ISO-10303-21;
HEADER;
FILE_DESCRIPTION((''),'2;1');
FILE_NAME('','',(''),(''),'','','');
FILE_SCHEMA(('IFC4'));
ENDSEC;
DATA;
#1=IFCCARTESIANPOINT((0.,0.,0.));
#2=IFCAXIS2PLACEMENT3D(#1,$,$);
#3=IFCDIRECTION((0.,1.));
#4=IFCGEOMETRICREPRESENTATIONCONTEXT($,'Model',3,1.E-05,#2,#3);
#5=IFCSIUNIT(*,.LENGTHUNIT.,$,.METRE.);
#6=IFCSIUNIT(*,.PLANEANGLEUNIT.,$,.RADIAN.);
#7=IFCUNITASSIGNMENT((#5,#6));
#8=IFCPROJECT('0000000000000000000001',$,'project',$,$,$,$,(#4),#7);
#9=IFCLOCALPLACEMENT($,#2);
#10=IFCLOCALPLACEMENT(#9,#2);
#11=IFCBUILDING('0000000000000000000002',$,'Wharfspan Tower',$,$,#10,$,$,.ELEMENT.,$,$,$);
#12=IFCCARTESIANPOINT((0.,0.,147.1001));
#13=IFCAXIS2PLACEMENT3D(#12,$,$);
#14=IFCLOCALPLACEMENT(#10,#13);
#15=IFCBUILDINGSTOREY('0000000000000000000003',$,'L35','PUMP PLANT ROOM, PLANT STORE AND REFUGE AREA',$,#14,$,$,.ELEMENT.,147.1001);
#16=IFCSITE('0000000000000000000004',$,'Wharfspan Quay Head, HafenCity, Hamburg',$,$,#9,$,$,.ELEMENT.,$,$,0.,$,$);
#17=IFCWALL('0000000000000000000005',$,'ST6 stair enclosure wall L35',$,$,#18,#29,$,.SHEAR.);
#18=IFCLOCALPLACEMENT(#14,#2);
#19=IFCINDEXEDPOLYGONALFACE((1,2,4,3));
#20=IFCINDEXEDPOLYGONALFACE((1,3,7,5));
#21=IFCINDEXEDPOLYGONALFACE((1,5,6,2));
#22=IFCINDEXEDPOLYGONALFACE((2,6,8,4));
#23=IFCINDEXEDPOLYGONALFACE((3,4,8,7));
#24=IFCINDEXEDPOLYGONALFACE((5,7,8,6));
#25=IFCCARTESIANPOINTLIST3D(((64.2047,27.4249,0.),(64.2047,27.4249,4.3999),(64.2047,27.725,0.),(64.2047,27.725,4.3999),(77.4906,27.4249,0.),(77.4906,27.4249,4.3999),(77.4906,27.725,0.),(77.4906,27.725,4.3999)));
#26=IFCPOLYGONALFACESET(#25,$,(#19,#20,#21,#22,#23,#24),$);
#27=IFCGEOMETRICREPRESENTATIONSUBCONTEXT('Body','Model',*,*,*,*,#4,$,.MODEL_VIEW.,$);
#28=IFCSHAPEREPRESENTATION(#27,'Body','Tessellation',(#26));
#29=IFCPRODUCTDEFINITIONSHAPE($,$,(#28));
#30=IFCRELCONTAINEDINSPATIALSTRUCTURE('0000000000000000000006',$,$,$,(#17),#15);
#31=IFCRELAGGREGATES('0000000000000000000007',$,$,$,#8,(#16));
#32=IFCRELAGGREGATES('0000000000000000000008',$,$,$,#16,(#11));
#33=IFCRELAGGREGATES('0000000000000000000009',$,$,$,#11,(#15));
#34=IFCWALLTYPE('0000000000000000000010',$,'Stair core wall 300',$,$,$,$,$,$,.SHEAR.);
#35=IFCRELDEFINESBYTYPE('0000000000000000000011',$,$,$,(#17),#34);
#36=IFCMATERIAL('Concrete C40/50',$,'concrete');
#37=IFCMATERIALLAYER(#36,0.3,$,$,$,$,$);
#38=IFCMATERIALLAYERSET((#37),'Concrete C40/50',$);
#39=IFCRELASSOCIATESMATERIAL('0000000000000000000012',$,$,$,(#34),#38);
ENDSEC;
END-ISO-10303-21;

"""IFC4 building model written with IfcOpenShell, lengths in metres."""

from ifc_helpers import new_model, si_unit, direction, frame, frame_2d, origin, place, context, subcontext, project, spatial, rectangle, extrude, material, layer, layer_set, type_object, element, save


model = new_model("IFC4")

# Units and contexts
model_context = context("Model", 3, precision=1e-05, world=origin(), true_north=direction((0.0, 1.0)))
body_context = subcontext(model_context, "Body", "Model", "MODEL_VIEW")
ifc_project = project(units=[si_unit("LENGTHUNIT", "METRE"), si_unit("PLANEANGLEUNIT", "RADIAN")], contexts=[model_context])

# Site, building, storey
site_placement = place(None, origin())
site = spatial("IfcSite", under=ifc_project, at=site_placement, Name="Wharfspan Quay Head, HafenCity, Hamburg", CompositionType="ELEMENT", RefElevation=0.0)
building_placement = place(site_placement, origin())
building = spatial("IfcBuilding", under=site, at=building_placement, Name="Wharfspan Tower", CompositionType="ELEMENT")
storey_placement = place(building_placement, frame((0.0, 0.0, 147.1001)))
storey = spatial("IfcBuildingStorey", under=building, at=storey_placement, Name="L35", Description="PUMP PLANT ROOM, PLANT STORE AND REFUGE AREA", CompositionType="ELEMENT", Elevation=147.1001)

# Wall
ifc_material_1 = material(Name="Concrete C40/50", Category="concrete")
ifc_layer_1 = layer(ifc_material_1, 0.3)
ifc_layer_set_1 = layer_set([ifc_layer_1], Name="Concrete C40/50")
wall_type_1 = type_object("IfcWallType", Name="Stair core wall 300", PredefinedType="SHEAR", material=ifc_layer_set_1)
wall_1_placement = place(storey_placement, frame((64.2046, 27.575, 0.0), z_axis=(0.0, 0.0, 1.0), x_axis=(1.0, 0.0, 0.0)))
element("IfcWall", 1, at=wall_1_placement, inside=storey, type_object=wall_type_1, Name="ST6 stair enclosure wall L35", PredefinedType="SHEAR", context=body_context, shape_type="SweptSolid", body=[
    extrude(rectangle(XDim=13.2859, YDim=0.3, at=frame_2d((6.6431, 0.0))), origin(), (0.0, 0.0, 1.0), 4.3999),
])

save(model, "model.ifc")
